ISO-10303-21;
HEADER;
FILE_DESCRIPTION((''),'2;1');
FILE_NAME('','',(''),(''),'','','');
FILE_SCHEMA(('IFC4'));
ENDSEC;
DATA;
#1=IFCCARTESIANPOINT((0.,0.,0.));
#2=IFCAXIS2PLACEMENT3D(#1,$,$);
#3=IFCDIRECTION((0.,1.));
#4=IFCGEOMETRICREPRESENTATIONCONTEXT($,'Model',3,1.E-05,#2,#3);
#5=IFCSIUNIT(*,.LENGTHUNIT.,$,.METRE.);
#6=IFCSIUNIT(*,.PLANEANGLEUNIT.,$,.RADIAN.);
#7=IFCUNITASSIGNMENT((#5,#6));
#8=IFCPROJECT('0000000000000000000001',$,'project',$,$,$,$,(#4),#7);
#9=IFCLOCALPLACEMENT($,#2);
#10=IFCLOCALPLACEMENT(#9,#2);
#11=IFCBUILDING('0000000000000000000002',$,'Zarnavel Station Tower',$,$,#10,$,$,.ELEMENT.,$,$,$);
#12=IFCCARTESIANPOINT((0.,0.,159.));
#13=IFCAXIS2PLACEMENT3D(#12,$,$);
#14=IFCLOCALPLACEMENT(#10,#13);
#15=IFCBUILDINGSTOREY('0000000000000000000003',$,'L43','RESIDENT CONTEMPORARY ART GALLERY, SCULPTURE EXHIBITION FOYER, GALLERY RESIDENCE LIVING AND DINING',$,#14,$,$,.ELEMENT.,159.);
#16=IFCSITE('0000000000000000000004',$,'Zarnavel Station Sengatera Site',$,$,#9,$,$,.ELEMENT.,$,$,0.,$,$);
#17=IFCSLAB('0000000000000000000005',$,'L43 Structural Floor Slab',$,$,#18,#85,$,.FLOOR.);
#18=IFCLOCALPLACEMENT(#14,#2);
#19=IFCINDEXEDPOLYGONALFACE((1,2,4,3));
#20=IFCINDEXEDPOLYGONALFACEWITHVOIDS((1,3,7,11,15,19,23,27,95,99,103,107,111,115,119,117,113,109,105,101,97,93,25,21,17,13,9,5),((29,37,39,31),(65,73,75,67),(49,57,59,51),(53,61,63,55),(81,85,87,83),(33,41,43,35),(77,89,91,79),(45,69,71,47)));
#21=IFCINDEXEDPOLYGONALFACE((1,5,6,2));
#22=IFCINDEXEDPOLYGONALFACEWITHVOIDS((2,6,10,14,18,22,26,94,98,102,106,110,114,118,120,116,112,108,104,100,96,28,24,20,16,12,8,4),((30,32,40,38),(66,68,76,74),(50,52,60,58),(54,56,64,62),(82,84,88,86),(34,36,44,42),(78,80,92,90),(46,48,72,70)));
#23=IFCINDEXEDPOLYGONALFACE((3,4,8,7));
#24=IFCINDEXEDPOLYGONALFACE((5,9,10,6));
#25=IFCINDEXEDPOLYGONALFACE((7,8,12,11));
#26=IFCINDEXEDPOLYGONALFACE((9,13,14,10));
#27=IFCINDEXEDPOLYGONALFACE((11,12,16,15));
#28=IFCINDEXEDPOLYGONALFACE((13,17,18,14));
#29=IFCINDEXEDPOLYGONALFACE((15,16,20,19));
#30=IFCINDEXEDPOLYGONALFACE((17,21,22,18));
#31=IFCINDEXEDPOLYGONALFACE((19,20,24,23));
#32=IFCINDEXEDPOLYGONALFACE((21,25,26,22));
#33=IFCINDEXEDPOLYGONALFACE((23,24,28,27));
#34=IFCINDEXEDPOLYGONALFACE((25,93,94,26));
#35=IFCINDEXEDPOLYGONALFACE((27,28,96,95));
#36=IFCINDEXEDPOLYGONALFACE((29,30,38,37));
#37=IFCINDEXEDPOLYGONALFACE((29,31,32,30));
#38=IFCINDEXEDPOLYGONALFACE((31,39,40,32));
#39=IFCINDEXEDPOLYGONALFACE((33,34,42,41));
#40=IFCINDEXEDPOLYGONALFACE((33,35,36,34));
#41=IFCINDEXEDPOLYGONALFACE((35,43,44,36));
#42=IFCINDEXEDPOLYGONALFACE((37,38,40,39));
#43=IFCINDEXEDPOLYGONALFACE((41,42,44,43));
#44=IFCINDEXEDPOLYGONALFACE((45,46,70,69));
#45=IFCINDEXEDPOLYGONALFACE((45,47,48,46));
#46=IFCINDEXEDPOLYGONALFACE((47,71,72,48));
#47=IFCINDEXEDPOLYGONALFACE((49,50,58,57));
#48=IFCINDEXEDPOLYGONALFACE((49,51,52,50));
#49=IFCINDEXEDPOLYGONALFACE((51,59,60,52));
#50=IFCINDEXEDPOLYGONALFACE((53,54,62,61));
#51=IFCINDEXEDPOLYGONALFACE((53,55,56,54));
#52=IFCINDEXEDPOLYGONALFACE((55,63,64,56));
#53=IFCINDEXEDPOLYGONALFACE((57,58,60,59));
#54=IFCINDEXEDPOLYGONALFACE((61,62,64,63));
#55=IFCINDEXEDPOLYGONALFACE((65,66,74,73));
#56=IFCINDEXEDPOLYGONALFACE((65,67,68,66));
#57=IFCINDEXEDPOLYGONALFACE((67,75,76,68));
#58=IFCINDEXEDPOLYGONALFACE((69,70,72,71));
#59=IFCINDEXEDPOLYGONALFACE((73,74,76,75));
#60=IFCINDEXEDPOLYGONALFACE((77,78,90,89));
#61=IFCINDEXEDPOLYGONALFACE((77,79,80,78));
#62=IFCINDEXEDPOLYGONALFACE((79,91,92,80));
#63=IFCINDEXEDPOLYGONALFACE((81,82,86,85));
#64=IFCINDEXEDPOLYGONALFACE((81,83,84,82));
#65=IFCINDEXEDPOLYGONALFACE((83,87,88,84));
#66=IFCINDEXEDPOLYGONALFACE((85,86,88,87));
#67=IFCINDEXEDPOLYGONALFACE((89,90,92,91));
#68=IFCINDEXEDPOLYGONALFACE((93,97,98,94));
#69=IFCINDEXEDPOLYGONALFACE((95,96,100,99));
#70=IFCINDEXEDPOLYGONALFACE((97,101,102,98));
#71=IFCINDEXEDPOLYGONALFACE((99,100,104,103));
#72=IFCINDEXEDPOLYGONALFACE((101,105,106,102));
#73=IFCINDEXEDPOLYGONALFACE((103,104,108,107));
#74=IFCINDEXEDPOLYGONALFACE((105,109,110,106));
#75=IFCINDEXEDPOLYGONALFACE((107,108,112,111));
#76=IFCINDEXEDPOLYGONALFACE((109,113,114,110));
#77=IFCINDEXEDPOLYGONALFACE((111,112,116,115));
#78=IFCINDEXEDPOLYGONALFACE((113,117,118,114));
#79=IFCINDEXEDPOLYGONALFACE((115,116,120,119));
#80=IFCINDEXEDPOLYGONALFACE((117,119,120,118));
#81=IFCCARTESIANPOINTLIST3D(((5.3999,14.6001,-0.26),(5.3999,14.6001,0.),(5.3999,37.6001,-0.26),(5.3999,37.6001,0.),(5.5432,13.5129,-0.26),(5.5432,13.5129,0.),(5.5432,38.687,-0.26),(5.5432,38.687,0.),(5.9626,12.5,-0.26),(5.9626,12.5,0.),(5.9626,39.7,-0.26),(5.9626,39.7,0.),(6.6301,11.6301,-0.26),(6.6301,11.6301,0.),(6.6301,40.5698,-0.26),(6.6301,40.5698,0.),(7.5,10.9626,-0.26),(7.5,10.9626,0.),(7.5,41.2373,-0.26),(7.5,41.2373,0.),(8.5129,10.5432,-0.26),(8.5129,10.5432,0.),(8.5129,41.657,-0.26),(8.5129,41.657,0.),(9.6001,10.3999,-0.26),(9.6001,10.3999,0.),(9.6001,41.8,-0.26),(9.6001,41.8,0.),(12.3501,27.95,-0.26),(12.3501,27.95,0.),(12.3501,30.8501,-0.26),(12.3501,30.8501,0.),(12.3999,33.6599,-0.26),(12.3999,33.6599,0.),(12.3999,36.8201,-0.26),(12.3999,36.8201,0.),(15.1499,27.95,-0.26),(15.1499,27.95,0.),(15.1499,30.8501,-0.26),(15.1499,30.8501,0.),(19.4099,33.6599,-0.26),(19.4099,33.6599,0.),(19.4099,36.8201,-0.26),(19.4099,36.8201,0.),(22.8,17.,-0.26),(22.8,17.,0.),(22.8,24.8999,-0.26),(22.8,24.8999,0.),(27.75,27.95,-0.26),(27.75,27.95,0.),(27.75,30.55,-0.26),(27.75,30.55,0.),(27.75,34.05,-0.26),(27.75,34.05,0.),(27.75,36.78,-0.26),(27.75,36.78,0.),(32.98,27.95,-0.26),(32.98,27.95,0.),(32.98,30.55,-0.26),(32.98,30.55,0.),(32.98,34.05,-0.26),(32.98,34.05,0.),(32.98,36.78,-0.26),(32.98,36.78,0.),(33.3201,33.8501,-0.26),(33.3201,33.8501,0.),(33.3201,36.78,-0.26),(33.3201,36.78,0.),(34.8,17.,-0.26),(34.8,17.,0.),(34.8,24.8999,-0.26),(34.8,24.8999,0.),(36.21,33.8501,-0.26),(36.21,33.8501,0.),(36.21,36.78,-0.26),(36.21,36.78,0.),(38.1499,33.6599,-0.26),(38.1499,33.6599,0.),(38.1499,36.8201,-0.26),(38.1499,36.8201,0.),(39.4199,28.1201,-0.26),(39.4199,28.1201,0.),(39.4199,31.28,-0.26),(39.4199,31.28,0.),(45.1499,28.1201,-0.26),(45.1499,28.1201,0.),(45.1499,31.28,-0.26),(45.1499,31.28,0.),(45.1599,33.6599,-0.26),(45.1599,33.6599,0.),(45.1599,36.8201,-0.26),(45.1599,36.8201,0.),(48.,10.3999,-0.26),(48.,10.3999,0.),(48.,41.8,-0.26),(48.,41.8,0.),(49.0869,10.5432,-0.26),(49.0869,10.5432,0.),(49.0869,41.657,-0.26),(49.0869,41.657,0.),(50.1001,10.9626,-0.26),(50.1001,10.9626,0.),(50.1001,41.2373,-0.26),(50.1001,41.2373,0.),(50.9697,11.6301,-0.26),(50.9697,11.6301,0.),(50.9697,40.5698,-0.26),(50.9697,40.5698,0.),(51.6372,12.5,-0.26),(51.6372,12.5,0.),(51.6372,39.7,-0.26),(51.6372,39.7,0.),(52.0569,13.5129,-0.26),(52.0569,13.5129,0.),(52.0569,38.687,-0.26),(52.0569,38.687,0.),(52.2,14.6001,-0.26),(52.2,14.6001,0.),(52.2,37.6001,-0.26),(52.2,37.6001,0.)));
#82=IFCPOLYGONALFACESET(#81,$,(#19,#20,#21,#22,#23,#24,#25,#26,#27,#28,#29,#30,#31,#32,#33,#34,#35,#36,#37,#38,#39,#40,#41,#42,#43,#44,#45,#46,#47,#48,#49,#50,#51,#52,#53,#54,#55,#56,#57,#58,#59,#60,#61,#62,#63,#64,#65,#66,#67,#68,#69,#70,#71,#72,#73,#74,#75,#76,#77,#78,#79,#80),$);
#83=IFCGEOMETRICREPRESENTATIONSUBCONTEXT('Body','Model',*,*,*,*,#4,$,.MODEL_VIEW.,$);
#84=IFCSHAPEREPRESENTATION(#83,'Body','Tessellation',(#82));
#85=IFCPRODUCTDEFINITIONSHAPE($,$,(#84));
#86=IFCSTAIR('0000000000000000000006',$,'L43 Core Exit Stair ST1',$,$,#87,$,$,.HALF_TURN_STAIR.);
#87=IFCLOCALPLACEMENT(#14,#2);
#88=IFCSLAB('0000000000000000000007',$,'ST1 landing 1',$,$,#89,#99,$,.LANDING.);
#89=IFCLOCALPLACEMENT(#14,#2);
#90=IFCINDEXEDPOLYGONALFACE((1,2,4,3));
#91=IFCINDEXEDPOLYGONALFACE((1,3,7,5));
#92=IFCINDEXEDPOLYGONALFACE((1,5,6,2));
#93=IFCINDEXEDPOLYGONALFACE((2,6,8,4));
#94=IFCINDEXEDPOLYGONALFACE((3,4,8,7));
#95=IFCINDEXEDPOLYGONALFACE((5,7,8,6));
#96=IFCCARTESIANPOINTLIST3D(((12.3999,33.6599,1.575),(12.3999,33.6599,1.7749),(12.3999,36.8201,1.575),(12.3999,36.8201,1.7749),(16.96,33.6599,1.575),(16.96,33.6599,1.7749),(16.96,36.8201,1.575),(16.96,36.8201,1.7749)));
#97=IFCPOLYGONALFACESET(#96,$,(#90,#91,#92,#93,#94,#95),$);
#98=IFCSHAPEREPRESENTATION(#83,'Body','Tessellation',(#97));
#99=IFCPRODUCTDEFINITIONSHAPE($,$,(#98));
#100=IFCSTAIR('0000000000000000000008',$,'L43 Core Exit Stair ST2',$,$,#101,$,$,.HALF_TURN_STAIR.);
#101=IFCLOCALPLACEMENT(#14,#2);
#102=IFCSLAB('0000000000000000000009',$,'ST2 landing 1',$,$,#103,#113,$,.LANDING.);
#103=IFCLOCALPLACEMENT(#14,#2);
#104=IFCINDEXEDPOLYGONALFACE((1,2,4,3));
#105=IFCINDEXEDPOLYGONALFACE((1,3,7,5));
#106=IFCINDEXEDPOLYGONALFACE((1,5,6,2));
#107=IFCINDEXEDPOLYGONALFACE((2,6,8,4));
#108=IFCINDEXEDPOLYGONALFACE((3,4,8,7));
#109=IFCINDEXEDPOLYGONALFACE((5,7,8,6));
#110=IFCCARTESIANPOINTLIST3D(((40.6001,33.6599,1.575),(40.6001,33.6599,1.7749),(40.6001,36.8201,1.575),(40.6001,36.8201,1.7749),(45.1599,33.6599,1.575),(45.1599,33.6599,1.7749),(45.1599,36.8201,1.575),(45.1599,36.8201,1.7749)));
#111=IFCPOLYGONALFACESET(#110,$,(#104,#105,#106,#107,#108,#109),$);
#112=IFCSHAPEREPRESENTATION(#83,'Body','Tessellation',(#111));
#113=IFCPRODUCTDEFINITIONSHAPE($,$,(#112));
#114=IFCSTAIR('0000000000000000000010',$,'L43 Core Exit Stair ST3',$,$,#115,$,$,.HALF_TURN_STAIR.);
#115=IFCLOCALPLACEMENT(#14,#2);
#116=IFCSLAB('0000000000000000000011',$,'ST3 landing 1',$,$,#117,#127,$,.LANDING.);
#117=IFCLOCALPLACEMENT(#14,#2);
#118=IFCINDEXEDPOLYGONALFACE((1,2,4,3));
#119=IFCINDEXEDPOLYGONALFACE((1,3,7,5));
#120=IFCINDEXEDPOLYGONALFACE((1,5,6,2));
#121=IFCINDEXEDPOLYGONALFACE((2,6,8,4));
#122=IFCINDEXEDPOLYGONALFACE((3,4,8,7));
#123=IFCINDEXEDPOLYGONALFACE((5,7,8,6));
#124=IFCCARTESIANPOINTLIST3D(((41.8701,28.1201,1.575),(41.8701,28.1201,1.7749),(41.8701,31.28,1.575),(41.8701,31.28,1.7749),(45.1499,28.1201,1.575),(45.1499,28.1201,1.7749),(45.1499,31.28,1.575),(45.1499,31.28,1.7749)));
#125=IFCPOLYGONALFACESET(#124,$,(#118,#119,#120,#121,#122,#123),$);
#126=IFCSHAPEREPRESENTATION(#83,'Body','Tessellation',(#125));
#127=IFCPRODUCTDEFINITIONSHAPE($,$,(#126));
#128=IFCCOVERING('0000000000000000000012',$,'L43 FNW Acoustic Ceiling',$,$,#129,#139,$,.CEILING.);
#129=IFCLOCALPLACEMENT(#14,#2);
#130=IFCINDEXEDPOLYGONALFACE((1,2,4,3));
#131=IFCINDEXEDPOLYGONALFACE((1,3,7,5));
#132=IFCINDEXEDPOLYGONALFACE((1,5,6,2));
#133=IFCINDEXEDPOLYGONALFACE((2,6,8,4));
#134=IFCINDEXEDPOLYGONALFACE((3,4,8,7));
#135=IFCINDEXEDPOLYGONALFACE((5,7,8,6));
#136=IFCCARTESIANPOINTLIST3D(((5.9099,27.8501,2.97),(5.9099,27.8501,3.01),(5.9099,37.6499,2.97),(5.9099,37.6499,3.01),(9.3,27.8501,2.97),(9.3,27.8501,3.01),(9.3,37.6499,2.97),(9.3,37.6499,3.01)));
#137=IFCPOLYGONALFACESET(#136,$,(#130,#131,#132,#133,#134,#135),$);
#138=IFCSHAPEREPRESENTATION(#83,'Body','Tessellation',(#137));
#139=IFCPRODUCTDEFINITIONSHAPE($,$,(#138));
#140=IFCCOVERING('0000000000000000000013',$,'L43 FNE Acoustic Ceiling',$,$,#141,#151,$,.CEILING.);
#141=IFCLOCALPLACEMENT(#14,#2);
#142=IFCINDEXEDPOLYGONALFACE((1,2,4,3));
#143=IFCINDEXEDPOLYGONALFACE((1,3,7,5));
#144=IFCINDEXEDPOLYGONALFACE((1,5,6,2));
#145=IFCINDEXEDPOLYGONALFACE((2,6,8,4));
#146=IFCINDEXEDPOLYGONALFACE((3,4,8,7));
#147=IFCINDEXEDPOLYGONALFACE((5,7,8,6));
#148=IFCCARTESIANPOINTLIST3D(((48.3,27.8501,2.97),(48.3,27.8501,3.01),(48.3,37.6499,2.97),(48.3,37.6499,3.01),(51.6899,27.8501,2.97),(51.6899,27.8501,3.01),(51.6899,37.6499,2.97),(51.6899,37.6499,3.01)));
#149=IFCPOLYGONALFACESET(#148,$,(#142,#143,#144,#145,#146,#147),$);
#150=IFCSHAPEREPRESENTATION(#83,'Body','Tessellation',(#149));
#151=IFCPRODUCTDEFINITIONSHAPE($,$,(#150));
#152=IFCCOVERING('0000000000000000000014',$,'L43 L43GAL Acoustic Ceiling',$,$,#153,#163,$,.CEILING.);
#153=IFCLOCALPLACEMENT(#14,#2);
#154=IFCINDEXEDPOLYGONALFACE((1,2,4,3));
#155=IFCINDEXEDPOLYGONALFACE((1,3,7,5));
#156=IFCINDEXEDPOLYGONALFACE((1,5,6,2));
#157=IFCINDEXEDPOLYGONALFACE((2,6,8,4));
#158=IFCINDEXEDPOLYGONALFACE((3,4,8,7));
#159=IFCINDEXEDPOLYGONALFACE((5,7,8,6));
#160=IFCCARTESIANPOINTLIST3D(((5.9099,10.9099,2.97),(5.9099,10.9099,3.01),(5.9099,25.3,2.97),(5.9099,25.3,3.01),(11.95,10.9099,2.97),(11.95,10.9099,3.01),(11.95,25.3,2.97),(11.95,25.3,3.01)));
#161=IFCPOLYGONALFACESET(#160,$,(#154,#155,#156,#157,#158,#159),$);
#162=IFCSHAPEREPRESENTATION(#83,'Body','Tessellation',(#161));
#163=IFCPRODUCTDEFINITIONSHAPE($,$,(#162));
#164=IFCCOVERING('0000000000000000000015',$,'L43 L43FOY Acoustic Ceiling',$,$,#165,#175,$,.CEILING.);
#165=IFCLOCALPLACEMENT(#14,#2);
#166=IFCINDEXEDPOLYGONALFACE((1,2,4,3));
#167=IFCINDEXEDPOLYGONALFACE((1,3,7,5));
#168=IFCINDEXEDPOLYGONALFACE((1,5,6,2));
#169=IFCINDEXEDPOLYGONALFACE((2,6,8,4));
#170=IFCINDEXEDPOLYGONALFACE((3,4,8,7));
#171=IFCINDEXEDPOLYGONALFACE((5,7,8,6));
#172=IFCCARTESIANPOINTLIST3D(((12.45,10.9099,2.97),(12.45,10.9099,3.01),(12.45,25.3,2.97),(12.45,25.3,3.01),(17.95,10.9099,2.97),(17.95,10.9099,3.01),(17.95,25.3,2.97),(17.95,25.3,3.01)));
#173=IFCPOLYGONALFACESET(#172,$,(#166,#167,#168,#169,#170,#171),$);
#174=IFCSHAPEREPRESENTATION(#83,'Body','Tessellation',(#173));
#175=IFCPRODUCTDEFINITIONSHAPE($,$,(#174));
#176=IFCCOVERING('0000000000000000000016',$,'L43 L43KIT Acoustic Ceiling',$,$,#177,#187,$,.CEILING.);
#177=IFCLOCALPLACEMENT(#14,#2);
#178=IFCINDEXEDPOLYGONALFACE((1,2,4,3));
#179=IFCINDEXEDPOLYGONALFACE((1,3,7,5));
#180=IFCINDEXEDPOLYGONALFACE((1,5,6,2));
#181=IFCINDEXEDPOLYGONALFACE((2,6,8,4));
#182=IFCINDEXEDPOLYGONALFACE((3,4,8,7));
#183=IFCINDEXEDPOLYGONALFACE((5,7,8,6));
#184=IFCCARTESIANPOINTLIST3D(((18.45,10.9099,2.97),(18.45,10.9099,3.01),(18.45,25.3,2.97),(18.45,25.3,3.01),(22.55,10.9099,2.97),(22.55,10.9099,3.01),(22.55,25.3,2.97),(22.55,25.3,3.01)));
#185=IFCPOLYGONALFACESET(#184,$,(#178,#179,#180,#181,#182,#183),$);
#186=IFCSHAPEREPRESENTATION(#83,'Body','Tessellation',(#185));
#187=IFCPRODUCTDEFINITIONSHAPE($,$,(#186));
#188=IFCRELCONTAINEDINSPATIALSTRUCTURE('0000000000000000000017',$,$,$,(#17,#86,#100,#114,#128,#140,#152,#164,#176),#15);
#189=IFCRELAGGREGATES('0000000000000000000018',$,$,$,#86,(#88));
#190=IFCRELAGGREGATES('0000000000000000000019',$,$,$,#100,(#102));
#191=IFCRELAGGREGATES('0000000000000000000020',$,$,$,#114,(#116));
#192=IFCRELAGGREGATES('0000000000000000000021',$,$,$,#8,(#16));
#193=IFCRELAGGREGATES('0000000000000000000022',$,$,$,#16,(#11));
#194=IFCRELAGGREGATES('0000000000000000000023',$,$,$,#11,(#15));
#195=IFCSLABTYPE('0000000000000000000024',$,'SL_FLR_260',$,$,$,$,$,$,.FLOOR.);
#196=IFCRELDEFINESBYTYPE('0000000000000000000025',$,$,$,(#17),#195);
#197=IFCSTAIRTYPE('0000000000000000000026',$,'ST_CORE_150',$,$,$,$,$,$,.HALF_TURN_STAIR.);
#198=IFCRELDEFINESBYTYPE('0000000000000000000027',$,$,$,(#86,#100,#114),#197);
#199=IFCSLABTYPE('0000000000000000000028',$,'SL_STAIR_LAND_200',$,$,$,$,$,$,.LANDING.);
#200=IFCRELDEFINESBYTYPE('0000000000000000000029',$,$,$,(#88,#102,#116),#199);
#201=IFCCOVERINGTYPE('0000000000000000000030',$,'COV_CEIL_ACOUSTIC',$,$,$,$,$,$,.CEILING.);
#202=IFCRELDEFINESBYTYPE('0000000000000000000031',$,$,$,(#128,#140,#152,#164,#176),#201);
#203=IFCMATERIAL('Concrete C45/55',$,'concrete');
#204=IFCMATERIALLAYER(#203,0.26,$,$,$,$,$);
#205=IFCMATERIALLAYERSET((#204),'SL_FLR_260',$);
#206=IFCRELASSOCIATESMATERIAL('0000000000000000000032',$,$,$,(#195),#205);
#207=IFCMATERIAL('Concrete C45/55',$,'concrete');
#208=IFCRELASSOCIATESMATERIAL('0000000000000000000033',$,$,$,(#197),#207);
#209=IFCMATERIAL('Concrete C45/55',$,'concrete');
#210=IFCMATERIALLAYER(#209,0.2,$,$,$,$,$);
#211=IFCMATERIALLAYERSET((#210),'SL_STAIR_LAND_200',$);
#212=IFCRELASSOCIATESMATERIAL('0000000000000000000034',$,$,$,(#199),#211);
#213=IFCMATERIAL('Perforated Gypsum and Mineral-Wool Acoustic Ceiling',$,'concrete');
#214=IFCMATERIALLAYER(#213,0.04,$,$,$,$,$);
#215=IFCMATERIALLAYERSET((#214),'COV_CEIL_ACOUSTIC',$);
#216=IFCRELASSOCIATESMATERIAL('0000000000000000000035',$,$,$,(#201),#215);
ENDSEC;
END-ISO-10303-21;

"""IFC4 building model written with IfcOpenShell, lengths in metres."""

from ifc_helpers import new_model, si_unit, direction, frame, origin, place, context, subcontext, project, spatial, polyline, outline, extrude, material, layer, layer_set, type_object, element, aggregate, save


model = new_model("IFC4")

# Units and contexts
model_context = context("Model", 3, precision=1e-05, world=origin(), true_north=direction((0.0, 1.0)))
body_context = subcontext(model_context, "Body", "Model", "MODEL_VIEW")
ifc_project = project(units=[si_unit("LENGTHUNIT", "METRE"), si_unit("PLANEANGLEUNIT", "RADIAN")], contexts=[model_context])

# Site, building, storey
site_placement = place(None, origin())
site = spatial("IfcSite", under=ifc_project, at=site_placement, Name="Zarnavel Station Sengatera Site", CompositionType="ELEMENT", RefElevation=0.0)
building_placement = place(site_placement, origin())
building = spatial("IfcBuilding", under=site, at=building_placement, Name="Zarnavel Station Tower", CompositionType="ELEMENT")
storey_placement = place(building_placement, frame((0.0, 0.0, 159.0)))
storey = spatial("IfcBuildingStorey", under=building, at=storey_placement, Name="L43", Description="RESIDENT CONTEMPORARY ART GALLERY, SCULPTURE EXHIBITION FOYER, GALLERY RESIDENCE LIVING AND DINING", CompositionType="ELEMENT", Elevation=159.0)

# Slab
ifc_material_1 = material(Name="Concrete C45/55", Category="concrete")
ifc_layer_1 = layer(ifc_material_1, 0.26)
ifc_layer_set_1 = layer_set([ifc_layer_1], Name="SL_FLR_260")
slab_type_1 = type_object("IfcSlabType", Name="SL_FLR_260", PredefinedType="FLOOR", material=ifc_layer_set_1)
slab_1_placement = place(storey_placement, frame((0.0, 0.0, -0.26)))
element("IfcSlab", 1, at=slab_1_placement, inside=storey, type_object=slab_type_1, Name="L43 Structural Floor Slab", PredefinedType="FLOOR", context=body_context, shape_type="SweptSolid", body=[
    extrude(outline(polyline([(48.0, 10.3999), (49.0869, 10.5432), (50.1001, 10.9626), (50.9697, 11.6301), (51.6372, 12.5), (52.0569, 13.5129), (52.2, 14.6001), (52.2, 37.6001), (52.0569, 38.687), (51.6372, 39.7), (50.9697, 40.5698), (50.1001, 41.2373), (49.0869, 41.657), (48.0, 41.8), (9.6001, 41.8), (8.5129, 41.657), (7.5, 41.2373), (6.6301, 40.5698), (5.9626, 39.7), (5.5432, 38.687), (5.3999, 37.6001), (5.3999, 14.6001), (5.5432, 13.5129), (5.9626, 12.5), (6.6301, 11.6301), (7.5, 10.9626), (8.5129, 10.5432), (9.6001, 10.3999), (48.0, 10.3999)]), holes=[polyline([(12.3999, 33.6599), (19.4099, 33.6599), (19.4099, 36.8201), (12.3999, 36.8201), (12.3999, 33.6599)]), polyline([(38.1499, 33.6599), (45.1599, 33.6599), (45.1599, 36.8201), (38.1499, 36.8201), (38.1499, 33.6599)]), polyline([(39.4199, 28.1201), (45.1499, 28.1201), (45.1499, 31.28), (39.4199, 31.28), (39.4199, 28.1201)]), polyline([(12.3501, 27.95), (15.1499, 27.95), (15.1499, 30.8501), (12.3501, 30.8501), (12.3501, 27.95)]), polyline([(33.3201, 33.8501), (36.21, 33.8501), (36.21, 36.78), (33.3201, 36.78), (33.3201, 33.8501)]), polyline([(27.75, 34.05), (32.98, 34.05), (32.98, 36.78), (27.75, 36.78), (27.75, 34.05)]), polyline([(27.75, 27.95), (32.98, 27.95), (32.98, 30.55), (27.75, 30.55), (27.75, 27.95)]), polyline([(22.8, 17.0), (34.8, 17.0), (34.8, 24.8999), (22.8, 24.8999), (22.8, 17.0)])]), origin(), (0.0, 0.0, 1.0), 0.26),
])

# Stairs, slabs
ifc_material_2 = material(Name="Concrete C45/55", Category="concrete")
stair_type = type_object("IfcStairType", Name="ST_CORE_150", PredefinedType="HALF_TURN_STAIR", material=ifc_material_2)
stair_1_placement = place(storey_placement, origin())
stair_1 = element("IfcStair", 2, at=stair_1_placement, inside=storey, type_object=stair_type, Name="L43 Core Exit Stair ST1", PredefinedType="HALF_TURN_STAIR")
ifc_material_3 = material(Name="Concrete C45/55", Category="concrete")
ifc_layer_2 = layer(ifc_material_3, 0.2)
ifc_layer_set_2 = layer_set([ifc_layer_2], Name="SL_STAIR_LAND_200")
slab_type_2 = type_object("IfcSlabType", Name="SL_STAIR_LAND_200", PredefinedType="LANDING", material=ifc_layer_set_2)
slab_2_placement = place(storey_placement, frame((0.0, 0.0, 1.575)))
slab_2 = element("IfcSlab", 3, at=slab_2_placement, type_object=slab_type_2, Name="ST1 landing 1", PredefinedType="LANDING", context=body_context, shape_type="SweptSolid", body=[
    extrude(outline(polyline([(16.96, 36.8201), (12.3999, 36.8201), (12.3999, 33.6599), (16.96, 33.6599), (16.96, 36.8201)])), origin(), (0.0, 0.0, 1.0), 0.2),
])
aggregate(stair_1, [slab_2])
stair_2_placement = place(storey_placement, origin())
stair_2 = element("IfcStair", 4, at=stair_2_placement, inside=storey, type_object=stair_type, Name="L43 Core Exit Stair ST2", PredefinedType="HALF_TURN_STAIR")
slab_3_placement = place(storey_placement, frame((0.0, 0.0, 1.575)))
slab_3 = element("IfcSlab", 5, at=slab_3_placement, type_object=slab_type_2, Name="ST2 landing 1", PredefinedType="LANDING", context=body_context, shape_type="SweptSolid", body=[
    extrude(outline(polyline([(40.6001, 33.6599), (45.1599, 33.6599), (45.1599, 36.8201), (40.6001, 36.8201), (40.6001, 33.6599)])), origin(), (0.0, 0.0, 1.0), 0.2),
])
aggregate(stair_2, [slab_3])
stair_3_placement = place(storey_placement, origin())
stair_3 = element("IfcStair", 6, at=stair_3_placement, inside=storey, type_object=stair_type, Name="L43 Core Exit Stair ST3", PredefinedType="HALF_TURN_STAIR")
slab_4_placement = place(storey_placement, frame((0.0, 0.0, 1.575)))
slab_4 = element("IfcSlab", 7, at=slab_4_placement, type_object=slab_type_2, Name="ST3 landing 1", PredefinedType="LANDING", context=body_context, shape_type="SweptSolid", body=[
    extrude(outline(polyline([(41.8701, 28.1201), (45.1499, 28.1201), (45.1499, 31.28), (41.8701, 31.28), (41.8701, 28.1201)])), origin(), (0.0, 0.0, 1.0), 0.2),
])
aggregate(stair_3, [slab_4])

# Coverings
ifc_material_4 = material(Name="Perforated Gypsum and Mineral-Wool Acoustic Ceiling", Category="concrete")
ifc_layer_3 = layer(ifc_material_4, 0.04)
ifc_layer_set_3 = layer_set([ifc_layer_3], Name="COV_CEIL_ACOUSTIC")
covering_type_1 = type_object("IfcCoveringType", Name="COV_CEIL_ACOUSTIC", PredefinedType="CEILING", material=ifc_layer_set_3)
covering_1_placement = place(storey_placement, frame((0.0, 0.0, 2.97)))
element("IfcCovering", 8, at=covering_1_placement, inside=storey, type_object=covering_type_1, Name="L43 FNW Acoustic Ceiling", PredefinedType="CEILING", context=body_context, shape_type="SweptSolid", body=[
    extrude(outline(polyline([(5.9099, 27.8501), (9.3, 27.8501), (9.3, 37.6499), (5.9099, 37.6499), (5.9099, 27.8501)])), origin(), (0.0, 0.0, 1.0), 0.04),
])
covering_2_placement = place(storey_placement, frame((0.0, 0.0, 2.97)))
element("IfcCovering", 9, at=covering_2_placement, inside=storey, type_object=covering_type_1, Name="L43 FNE Acoustic Ceiling", PredefinedType="CEILING", context=body_context, shape_type="SweptSolid", body=[
    extrude(outline(polyline([(48.3, 27.8501), (51.6899, 27.8501), (51.6899, 37.6499), (48.3, 37.6499), (48.3, 27.8501)])), origin(), (0.0, 0.0, 1.0), 0.04),
])
covering_3_placement = place(storey_placement, frame((0.0, 0.0, 2.97)))
element("IfcCovering", 10, at=covering_3_placement, inside=storey, type_object=covering_type_1, Name="L43 L43GAL Acoustic Ceiling", PredefinedType="CEILING", context=body_context, shape_type="SweptSolid", body=[
    extrude(outline(polyline([(5.9099, 10.9099), (11.95, 10.9099), (11.95, 25.3), (5.9099, 25.3), (5.9099, 10.9099)])), origin(), (0.0, 0.0, 1.0), 0.04),
])
covering_4_placement = place(storey_placement, frame((0.0, 0.0, 2.97)))
element("IfcCovering", 11, at=covering_4_placement, inside=storey, type_object=covering_type_1, Name="L43 L43FOY Acoustic Ceiling", PredefinedType="CEILING", context=body_context, shape_type="SweptSolid", body=[
    extrude(outline(polyline([(12.45, 10.9099), (17.95, 10.9099), (17.95, 25.3), (12.45, 25.3), (12.45, 10.9099)])), origin(), (0.0, 0.0, 1.0), 0.04),
])
covering_5_placement = place(storey_placement, frame((0.0, 0.0, 2.97)))
element("IfcCovering", 12, at=covering_5_placement, inside=storey, type_object=covering_type_1, Name="L43 L43KIT Acoustic Ceiling", PredefinedType="CEILING", context=body_context, shape_type="SweptSolid", body=[
    extrude(outline(polyline([(18.45, 10.9099), (22.55, 10.9099), (22.55, 25.3), (18.45, 25.3), (18.45, 10.9099)])), origin(), (0.0, 0.0, 1.0), 0.04),
])

save(model, "model.ifc")
